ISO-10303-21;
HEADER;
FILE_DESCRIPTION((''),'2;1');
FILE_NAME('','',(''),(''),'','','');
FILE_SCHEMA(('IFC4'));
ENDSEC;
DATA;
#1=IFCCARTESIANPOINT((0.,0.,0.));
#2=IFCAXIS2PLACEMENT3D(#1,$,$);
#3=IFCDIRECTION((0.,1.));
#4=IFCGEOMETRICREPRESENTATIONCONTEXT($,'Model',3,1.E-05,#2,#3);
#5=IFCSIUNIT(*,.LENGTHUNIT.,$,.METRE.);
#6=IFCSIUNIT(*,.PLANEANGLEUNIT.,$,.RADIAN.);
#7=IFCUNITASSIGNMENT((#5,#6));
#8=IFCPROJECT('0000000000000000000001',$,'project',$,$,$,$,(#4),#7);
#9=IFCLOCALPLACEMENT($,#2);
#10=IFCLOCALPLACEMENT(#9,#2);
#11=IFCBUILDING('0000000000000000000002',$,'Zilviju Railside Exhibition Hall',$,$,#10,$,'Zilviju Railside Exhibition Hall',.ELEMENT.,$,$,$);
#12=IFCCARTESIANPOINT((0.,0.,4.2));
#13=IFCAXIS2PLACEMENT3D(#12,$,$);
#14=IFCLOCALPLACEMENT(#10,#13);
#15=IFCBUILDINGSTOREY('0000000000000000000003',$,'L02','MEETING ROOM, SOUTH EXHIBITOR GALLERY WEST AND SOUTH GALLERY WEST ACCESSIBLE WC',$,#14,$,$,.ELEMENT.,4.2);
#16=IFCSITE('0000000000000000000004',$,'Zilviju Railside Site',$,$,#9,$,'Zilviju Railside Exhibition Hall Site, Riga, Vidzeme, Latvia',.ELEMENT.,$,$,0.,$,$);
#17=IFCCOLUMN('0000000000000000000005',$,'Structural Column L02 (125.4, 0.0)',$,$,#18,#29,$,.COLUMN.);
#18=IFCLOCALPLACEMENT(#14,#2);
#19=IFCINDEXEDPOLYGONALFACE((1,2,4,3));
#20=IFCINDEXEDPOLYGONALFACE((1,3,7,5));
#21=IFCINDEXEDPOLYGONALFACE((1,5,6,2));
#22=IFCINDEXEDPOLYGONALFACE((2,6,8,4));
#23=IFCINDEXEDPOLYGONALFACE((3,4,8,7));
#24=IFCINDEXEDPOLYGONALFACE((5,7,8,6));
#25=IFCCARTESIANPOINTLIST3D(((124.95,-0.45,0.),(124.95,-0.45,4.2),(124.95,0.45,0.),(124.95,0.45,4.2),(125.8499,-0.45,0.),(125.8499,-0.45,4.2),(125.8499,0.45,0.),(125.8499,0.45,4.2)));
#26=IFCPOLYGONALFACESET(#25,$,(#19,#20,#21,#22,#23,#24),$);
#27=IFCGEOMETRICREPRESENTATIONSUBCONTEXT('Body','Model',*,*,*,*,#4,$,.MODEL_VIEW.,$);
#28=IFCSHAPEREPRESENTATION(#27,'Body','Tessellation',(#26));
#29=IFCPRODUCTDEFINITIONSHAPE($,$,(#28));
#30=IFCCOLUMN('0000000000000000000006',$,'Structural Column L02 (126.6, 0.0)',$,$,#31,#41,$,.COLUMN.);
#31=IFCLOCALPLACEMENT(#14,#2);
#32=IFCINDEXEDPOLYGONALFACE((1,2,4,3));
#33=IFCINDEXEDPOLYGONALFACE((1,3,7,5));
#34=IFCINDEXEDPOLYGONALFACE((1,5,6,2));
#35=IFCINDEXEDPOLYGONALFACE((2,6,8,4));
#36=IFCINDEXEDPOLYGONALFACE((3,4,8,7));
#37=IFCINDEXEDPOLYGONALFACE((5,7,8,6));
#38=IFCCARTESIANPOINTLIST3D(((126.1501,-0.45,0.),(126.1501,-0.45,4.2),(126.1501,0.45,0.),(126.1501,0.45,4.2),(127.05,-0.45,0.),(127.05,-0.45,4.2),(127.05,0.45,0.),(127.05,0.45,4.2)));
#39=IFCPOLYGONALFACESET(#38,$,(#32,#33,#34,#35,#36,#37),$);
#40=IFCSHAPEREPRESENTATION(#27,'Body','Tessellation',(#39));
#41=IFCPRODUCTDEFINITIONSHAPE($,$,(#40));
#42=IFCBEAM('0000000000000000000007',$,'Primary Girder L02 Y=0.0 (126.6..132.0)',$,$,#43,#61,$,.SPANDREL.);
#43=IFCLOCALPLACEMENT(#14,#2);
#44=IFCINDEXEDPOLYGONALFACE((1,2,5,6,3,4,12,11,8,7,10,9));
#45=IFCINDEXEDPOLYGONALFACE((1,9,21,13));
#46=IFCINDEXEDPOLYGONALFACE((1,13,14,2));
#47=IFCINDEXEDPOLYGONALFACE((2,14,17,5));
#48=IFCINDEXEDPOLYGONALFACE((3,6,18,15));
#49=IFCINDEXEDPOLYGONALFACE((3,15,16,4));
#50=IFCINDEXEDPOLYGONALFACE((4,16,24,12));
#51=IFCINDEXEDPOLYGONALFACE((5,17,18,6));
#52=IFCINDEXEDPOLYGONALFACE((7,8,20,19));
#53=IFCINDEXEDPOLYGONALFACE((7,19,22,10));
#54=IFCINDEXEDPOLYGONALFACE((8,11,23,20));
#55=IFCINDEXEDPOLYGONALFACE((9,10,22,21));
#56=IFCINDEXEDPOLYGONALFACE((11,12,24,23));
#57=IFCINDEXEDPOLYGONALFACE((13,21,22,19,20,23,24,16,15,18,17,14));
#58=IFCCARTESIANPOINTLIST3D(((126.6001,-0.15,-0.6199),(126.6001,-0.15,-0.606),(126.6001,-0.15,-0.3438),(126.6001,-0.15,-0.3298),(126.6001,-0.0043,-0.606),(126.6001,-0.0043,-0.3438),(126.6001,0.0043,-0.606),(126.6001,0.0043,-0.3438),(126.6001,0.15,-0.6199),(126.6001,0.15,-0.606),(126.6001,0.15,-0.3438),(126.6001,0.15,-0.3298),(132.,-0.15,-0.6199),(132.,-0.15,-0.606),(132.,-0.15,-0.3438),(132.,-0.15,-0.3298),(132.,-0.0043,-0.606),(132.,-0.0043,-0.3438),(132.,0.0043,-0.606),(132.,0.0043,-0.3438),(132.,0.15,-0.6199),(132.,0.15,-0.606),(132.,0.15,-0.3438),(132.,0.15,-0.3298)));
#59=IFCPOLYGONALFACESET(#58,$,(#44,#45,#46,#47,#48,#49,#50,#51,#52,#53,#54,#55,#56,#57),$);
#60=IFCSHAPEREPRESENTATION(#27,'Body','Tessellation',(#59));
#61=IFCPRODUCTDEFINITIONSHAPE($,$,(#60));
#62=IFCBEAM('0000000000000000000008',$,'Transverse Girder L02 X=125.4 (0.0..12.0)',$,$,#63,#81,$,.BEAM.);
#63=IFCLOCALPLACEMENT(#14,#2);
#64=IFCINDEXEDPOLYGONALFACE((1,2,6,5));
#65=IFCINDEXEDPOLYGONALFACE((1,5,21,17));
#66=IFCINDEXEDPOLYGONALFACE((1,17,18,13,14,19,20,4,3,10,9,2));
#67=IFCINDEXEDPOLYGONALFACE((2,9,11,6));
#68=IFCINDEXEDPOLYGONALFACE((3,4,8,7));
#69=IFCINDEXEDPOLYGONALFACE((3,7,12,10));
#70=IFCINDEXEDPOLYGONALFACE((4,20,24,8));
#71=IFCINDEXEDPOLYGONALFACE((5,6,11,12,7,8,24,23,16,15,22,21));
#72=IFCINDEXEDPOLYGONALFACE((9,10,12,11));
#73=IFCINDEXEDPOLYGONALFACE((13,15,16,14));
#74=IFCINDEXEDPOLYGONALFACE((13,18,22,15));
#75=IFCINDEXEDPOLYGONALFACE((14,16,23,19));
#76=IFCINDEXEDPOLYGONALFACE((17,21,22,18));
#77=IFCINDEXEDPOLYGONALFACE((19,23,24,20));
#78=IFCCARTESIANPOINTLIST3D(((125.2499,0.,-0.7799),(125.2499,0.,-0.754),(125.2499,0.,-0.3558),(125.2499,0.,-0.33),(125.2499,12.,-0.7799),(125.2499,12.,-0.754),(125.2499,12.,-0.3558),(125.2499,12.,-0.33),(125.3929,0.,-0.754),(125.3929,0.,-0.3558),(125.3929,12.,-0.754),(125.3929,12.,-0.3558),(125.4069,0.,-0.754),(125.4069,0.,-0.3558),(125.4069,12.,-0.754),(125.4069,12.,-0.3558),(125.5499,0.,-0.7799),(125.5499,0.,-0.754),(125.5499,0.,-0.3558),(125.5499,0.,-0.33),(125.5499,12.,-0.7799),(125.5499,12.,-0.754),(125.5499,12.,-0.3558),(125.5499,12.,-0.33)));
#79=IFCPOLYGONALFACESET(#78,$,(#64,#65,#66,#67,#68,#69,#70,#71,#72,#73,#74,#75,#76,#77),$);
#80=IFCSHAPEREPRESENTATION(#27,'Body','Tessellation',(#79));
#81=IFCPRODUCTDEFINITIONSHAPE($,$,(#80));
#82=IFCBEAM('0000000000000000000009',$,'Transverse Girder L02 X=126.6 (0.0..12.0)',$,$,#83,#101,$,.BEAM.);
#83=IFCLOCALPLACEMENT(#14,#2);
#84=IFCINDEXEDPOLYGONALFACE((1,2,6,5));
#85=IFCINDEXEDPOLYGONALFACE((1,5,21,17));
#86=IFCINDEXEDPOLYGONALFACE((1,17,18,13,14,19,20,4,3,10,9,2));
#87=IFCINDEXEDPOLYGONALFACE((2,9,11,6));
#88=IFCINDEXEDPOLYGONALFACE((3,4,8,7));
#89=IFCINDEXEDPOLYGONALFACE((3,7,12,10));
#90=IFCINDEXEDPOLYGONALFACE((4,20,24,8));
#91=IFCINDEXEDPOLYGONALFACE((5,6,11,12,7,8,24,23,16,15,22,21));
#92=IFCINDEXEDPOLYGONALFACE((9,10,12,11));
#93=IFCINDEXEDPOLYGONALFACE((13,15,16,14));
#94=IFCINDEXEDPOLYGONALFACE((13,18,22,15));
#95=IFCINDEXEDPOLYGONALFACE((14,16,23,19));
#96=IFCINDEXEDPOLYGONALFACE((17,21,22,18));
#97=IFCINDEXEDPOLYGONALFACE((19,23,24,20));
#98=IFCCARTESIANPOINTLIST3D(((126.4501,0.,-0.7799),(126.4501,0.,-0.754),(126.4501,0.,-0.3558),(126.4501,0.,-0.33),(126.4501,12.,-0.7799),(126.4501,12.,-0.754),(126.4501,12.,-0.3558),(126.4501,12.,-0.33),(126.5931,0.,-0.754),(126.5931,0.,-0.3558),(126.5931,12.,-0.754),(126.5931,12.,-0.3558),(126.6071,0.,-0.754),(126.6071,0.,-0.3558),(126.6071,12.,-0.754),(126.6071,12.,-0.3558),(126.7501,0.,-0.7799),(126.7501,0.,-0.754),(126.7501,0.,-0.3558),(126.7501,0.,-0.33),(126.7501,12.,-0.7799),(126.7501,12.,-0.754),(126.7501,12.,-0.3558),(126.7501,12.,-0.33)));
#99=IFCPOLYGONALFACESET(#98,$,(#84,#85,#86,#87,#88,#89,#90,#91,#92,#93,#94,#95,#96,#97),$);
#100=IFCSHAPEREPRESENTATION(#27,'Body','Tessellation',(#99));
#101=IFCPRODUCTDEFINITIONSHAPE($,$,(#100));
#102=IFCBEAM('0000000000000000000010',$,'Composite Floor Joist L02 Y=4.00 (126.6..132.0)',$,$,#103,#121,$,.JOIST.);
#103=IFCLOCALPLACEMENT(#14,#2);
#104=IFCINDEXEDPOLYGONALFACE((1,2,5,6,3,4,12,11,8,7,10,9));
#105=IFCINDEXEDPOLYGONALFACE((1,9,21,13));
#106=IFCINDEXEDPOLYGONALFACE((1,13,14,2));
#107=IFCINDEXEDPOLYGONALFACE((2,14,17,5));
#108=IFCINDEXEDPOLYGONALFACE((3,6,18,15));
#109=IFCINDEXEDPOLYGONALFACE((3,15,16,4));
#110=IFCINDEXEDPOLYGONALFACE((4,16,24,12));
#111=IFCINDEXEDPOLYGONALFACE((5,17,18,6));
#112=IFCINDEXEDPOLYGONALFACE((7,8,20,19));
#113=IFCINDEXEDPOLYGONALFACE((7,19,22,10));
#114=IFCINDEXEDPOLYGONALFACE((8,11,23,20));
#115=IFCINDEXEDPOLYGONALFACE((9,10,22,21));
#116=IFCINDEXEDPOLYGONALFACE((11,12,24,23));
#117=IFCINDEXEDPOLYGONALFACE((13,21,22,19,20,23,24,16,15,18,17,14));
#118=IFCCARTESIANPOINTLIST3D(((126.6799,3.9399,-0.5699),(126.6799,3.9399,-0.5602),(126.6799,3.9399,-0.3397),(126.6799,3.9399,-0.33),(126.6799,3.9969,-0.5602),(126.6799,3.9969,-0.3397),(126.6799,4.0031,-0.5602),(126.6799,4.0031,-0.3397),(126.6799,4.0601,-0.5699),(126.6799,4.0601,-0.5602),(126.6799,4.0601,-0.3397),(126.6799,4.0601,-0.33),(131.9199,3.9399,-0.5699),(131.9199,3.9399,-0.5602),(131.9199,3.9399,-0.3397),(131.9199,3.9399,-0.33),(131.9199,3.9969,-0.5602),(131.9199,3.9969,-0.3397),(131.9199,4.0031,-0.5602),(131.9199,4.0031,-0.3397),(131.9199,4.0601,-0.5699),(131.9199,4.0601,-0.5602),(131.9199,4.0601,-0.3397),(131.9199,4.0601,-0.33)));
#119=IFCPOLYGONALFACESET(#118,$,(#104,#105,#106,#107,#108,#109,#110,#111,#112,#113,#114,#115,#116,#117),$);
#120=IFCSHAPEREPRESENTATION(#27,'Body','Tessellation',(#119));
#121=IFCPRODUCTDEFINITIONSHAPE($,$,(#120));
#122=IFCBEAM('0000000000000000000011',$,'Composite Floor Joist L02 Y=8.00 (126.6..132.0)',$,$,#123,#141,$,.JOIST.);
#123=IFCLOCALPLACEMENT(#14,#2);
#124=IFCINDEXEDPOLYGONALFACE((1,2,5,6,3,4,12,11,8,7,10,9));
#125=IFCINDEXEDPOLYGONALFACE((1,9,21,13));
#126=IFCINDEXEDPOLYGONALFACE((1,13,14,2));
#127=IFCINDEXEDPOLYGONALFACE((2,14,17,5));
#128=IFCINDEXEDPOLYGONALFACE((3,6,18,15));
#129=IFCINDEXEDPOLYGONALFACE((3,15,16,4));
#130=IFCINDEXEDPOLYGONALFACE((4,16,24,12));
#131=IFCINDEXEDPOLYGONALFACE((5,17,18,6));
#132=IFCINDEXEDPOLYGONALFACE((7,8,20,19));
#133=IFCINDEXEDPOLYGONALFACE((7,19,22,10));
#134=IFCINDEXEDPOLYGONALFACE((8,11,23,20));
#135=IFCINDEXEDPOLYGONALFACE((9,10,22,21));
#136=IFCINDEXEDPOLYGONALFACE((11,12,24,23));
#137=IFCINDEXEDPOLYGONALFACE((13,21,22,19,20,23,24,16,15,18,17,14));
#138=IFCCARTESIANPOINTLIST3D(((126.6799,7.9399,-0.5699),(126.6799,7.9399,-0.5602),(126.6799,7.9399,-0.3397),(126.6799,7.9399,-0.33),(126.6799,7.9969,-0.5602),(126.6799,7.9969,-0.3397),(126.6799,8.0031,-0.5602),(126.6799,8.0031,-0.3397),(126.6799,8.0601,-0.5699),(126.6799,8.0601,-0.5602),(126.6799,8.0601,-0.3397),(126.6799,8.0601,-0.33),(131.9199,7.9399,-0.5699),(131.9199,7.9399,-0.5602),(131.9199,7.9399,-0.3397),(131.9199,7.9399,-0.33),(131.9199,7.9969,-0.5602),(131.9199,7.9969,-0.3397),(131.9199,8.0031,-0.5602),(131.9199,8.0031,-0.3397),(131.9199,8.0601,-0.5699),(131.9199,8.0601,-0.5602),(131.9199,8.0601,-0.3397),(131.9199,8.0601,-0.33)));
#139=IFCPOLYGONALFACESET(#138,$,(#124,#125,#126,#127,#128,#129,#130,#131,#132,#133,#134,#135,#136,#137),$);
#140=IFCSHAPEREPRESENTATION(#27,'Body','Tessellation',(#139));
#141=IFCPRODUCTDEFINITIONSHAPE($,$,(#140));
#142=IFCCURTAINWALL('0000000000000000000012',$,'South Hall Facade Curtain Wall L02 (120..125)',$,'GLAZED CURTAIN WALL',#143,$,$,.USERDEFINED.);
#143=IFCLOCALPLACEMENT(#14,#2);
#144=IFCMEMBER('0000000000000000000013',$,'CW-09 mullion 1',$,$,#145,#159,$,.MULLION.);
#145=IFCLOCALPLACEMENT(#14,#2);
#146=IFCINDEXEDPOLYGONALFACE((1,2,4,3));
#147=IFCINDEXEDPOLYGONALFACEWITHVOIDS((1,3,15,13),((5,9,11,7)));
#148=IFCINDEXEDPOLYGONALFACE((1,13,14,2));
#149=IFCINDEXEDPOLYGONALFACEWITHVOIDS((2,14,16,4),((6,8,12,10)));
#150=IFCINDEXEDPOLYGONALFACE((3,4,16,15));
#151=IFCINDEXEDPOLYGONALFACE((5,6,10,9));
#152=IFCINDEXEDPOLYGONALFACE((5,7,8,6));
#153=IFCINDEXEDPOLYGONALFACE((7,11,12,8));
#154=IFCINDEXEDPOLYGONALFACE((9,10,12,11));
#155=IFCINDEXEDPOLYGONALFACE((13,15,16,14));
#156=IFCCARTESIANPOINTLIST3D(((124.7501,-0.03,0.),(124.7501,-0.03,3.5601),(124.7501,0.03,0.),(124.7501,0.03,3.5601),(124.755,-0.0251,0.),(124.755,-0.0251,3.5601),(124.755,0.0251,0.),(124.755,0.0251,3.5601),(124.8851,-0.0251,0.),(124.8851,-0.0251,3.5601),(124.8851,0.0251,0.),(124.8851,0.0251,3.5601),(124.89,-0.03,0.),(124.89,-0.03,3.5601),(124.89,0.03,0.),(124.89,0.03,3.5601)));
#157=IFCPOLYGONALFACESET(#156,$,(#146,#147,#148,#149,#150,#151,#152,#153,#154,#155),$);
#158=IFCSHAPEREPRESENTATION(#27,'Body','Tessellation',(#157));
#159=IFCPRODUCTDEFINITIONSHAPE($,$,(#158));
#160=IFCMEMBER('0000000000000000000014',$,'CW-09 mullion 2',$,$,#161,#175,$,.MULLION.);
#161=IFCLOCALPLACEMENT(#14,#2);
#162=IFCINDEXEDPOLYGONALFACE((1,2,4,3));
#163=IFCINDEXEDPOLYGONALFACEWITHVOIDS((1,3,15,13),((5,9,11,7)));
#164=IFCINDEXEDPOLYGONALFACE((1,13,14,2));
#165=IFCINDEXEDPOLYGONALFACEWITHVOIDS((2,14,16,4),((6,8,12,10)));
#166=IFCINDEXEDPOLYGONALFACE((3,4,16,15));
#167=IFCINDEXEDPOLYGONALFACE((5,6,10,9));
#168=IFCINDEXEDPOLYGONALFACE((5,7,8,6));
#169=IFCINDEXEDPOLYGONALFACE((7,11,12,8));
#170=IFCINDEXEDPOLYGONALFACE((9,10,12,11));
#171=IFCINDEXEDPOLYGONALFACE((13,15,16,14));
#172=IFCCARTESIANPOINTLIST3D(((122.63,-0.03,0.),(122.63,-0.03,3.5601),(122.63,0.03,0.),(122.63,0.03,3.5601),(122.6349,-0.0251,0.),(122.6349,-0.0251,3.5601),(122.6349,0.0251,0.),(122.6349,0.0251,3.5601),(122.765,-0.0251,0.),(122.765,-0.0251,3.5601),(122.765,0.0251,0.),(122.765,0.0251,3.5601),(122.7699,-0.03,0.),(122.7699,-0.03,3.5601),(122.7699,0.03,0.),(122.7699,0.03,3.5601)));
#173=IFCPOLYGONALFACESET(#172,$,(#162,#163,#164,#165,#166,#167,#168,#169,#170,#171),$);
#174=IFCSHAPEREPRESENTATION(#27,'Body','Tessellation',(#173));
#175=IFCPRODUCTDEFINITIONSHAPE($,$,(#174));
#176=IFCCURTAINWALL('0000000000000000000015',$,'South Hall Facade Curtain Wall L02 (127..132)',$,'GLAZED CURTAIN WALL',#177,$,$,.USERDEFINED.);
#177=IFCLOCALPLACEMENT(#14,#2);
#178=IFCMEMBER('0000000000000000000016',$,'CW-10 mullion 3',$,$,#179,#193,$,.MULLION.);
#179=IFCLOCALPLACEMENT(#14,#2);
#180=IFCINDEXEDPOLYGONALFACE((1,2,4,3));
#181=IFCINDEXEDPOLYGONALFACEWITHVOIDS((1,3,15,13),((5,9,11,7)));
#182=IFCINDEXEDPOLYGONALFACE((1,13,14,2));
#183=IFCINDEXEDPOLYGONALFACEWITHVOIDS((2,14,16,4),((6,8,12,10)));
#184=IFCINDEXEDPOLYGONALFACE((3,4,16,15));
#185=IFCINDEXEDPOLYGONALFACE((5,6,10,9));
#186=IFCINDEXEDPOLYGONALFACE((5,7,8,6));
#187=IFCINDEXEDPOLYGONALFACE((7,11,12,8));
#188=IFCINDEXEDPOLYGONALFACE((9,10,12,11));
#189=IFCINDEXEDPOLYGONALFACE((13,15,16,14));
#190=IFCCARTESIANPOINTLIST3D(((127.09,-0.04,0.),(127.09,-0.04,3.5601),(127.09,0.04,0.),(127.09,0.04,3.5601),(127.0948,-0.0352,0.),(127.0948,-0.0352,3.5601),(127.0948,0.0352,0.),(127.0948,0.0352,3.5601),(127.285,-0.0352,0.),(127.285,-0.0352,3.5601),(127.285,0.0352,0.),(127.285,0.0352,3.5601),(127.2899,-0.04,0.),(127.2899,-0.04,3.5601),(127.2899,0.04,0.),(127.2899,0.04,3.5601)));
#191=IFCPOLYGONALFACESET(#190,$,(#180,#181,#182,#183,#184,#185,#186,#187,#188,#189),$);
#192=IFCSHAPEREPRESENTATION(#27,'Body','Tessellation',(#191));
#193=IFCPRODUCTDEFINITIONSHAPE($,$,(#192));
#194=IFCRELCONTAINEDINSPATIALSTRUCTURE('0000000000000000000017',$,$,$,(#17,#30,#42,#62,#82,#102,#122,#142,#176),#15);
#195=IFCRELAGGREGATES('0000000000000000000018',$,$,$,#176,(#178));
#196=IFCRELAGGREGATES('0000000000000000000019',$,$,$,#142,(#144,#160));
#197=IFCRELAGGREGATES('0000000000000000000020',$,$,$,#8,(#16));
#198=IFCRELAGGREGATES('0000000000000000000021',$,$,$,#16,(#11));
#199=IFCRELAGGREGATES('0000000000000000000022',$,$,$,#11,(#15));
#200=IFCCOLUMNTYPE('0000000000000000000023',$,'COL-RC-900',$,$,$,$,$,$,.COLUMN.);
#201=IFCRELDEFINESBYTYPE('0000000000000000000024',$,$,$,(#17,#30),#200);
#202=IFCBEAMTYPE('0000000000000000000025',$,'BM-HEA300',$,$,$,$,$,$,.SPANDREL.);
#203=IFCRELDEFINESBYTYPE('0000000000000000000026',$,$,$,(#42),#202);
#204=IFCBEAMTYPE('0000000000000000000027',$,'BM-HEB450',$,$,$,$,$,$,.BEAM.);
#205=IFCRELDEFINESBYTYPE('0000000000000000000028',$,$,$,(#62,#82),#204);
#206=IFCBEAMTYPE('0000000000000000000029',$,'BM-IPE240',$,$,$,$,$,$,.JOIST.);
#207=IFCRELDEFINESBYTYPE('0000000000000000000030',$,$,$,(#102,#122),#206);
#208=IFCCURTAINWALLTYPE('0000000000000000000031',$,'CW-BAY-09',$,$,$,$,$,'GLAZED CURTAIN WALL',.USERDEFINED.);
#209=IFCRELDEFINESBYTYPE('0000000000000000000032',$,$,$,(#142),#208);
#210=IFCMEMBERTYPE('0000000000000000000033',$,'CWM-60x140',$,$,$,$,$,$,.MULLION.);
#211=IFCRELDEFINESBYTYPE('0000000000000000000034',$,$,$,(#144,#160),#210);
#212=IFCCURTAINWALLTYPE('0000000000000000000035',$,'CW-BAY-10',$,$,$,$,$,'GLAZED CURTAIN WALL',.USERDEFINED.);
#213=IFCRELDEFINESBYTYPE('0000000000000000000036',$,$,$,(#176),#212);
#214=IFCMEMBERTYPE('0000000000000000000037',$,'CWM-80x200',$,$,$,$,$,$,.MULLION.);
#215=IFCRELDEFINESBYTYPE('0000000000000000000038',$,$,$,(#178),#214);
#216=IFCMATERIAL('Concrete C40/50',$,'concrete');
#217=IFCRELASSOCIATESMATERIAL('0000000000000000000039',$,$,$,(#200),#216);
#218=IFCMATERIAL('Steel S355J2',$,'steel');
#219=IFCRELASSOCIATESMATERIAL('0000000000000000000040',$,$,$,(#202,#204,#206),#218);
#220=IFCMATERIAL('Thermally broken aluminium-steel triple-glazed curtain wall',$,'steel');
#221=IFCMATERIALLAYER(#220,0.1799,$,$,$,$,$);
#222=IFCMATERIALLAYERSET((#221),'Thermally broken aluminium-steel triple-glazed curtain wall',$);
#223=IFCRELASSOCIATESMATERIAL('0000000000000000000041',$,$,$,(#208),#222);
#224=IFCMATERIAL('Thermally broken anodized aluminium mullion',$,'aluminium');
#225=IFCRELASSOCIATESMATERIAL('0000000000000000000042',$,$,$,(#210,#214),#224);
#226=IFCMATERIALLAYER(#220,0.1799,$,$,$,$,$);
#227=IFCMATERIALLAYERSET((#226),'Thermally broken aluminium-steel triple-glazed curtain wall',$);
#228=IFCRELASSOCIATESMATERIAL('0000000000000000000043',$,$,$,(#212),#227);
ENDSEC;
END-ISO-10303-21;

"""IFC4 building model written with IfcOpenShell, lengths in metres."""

from ifc_helpers import new_model, si_unit, direction, frame, origin, origin_2d, place, context, subcontext, project, spatial, rectangle, hollow_rectangle, i_section, extrude, material, layer, layer_set, material_profile, profile_set, type_object, element, aggregate, save


model = new_model("IFC4")

# Units and contexts
model_context = context("Model", 3, precision=1e-05, world=origin(), true_north=direction((0.0, 1.0)))
body_context = subcontext(model_context, "Body", "Model", "MODEL_VIEW")
ifc_project = project(units=[si_unit("LENGTHUNIT", "METRE"), si_unit("PLANEANGLEUNIT", "RADIAN")], contexts=[model_context])

# Site, building, storey
site_placement = place(None, origin())
site = spatial("IfcSite", under=ifc_project, at=site_placement, Name="Zilviju Railside Site", LongName="Zilviju Railside Exhibition Hall Site, Riga, Vidzeme, Latvia", CompositionType="ELEMENT", RefElevation=0.0)
building_placement = place(site_placement, origin())
building = spatial("IfcBuilding", under=site, at=building_placement, Name="Zilviju Railside Exhibition Hall", LongName="Zilviju Railside Exhibition Hall", CompositionType="ELEMENT")
storey_placement = place(building_placement, frame((0.0, 0.0, 4.2)))
storey = spatial("IfcBuildingStorey", under=building, at=storey_placement, Name="L02", Description="MEETING ROOM, SOUTH EXHIBITOR GALLERY WEST AND SOUTH GALLERY WEST ACCESSIBLE WC", CompositionType="ELEMENT", Elevation=4.2)

# Columns
ifc_material_1 = material(Name="Concrete C40/50", Category="concrete")
ifc_material_profile_1 = material_profile(ifc_material_1, rectangle(XDim=0.8999, YDim=0.8999, at=origin_2d()), Name="RC COL 900x900")
ifc_profile_set_1 = profile_set([ifc_material_profile_1], Name="Concrete C40/50")
column_type = type_object("IfcColumnType", Name="COL-RC-900", PredefinedType="COLUMN", material=ifc_profile_set_1)
for number, where, z_axis, x_axis, name in (
    (1, (125.3999, 0.0, 0.0), (0.0, 0.0, 1.0), (1.0, 0.0, 0.0), "Structural Column L02 (125.4, 0.0)"),
    (2, (126.6001, 0.0, 0.0), (0.0, 0.0, 1.0), (1.0, 0.0, 0.0), "Structural Column L02 (126.6, 0.0)"),
):
    element("IfcColumn", number, at=place(storey_placement, frame(where, z_axis=z_axis, x_axis=x_axis)), inside=storey, type_object=column_type, Name=name, PredefinedType="COLUMN", context=body_context, shape_type="SweptSolid", body=[
        extrude(rectangle(XDim=0.8999, YDim=0.8999, at=origin_2d()), origin(), (0.0, 0.0, 1.0), 4.2),
    ])

# Beams
ifc_material_2 = material(Name="Steel S355J2", Category="steel")
ifc_material_profile_2 = material_profile(ifc_material_2, i_section(OverallWidth=0.3, OverallDepth=0.29, WebThickness=0.0085, FlangeThickness=0.0139, at=origin_2d()), Name="HEA 300")
ifc_profile_set_2 = profile_set([ifc_material_profile_2], Name="Steel S355J2")
beam_type_1 = type_object("IfcBeamType", Name="BM-HEA300", PredefinedType="SPANDREL", material=ifc_profile_set_2)
beam_placement = place(storey_placement, frame((126.6001, 0.0, -0.4749), z_axis=(1.0, 0.0, 0.0), x_axis=(0.0, 1.0, 0.0)))
element("IfcBeam", 3, at=beam_placement, inside=storey, type_object=beam_type_1, Name="Primary Girder L02 Y=0.0 (126.6..132.0)", PredefinedType="SPANDREL", context=body_context, shape_type="SweptSolid", body=[
    extrude(i_section(OverallWidth=0.3, OverallDepth=0.29, WebThickness=0.0085, FlangeThickness=0.0139, at=origin_2d()), origin(), (0.0, 0.0, 1.0), 5.3999),
])
ifc_material_profile_3 = material_profile(ifc_material_2, i_section(OverallWidth=0.3, OverallDepth=0.45, WebThickness=0.0139, FlangeThickness=0.0259, at=origin_2d()), Name="HEB 450")
ifc_profile_set_3 = profile_set([ifc_material_profile_3], Name="Steel S355J2")
beam_type_2 = type_object("IfcBeamType", Name="BM-HEB450", PredefinedType="BEAM", material=ifc_profile_set_3)
for number, where, z_axis, x_axis, name in (
    (4, (125.3999, 0.0, -0.5549), (0.0, 1.0, 0.0), (-1.0, 0.0, 0.0), "Transverse Girder L02 X=125.4 (0.0..12.0)"),
    (5, (126.6001, 0.0, -0.5549), (0.0, 1.0, 0.0), (-1.0, 0.0, 0.0), "Transverse Girder L02 X=126.6 (0.0..12.0)"),
):
    element("IfcBeam", number, at=place(storey_placement, frame(where, z_axis=z_axis, x_axis=x_axis)), inside=storey, type_object=beam_type_2, Name=name, PredefinedType="BEAM", context=body_context, shape_type="SweptSolid", body=[
        extrude(i_section(OverallWidth=0.3, OverallDepth=0.45, WebThickness=0.0139, FlangeThickness=0.0259, at=origin_2d()), origin(), (0.0, 0.0, 1.0), 12.0),
    ])
ifc_material_profile_4 = material_profile(ifc_material_2, i_section(OverallWidth=0.1201, OverallDepth=0.24, WebThickness=0.0061, FlangeThickness=0.0098, at=origin_2d()), Name="IPE 240")
ifc_profile_set_4 = profile_set([ifc_material_profile_4], Name="Steel S355J2")
beam_type_3 = type_object("IfcBeamType", Name="BM-IPE240", PredefinedType="JOIST", material=ifc_profile_set_4)
for number, where, z_axis, x_axis, name in (
    (6, (126.6799, 4.0, -0.45), (1.0, 0.0, 0.0), (0.0, 1.0, 0.0), "Composite Floor Joist L02 Y=4.00 (126.6..132.0)"),
    (7, (126.6799, 8.0, -0.45), (1.0, 0.0, 0.0), (0.0, 1.0, 0.0), "Composite Floor Joist L02 Y=8.00 (126.6..132.0)"),
):
    element("IfcBeam", number, at=place(storey_placement, frame(where, z_axis=z_axis, x_axis=x_axis)), inside=storey, type_object=beam_type_3, Name=name, PredefinedType="JOIST", context=body_context, shape_type="SweptSolid", body=[
        extrude(i_section(OverallWidth=0.1201, OverallDepth=0.24, WebThickness=0.0061, FlangeThickness=0.0098, at=origin_2d()), origin(), (0.0, 0.0, 1.0), 5.24),
    ])

# Curtain wall, members
ifc_material_3 = material(Name="Thermally broken aluminium-steel triple-glazed curtain wall", Category="steel")
ifc_layer_1 = layer(ifc_material_3, 0.1799)
ifc_layer_set_1 = layer_set([ifc_layer_1], Name="Thermally broken aluminium-steel triple-glazed curtain wall")
curtain_wall_type_1 = type_object("IfcCurtainWallType", Name="CW-BAY-09", ElementType="GLAZED CURTAIN WALL", PredefinedType="USERDEFINED", material=ifc_layer_set_1)
curtain_wall_1_placement = place(storey_placement, origin())
curtain_wall_1 = element("IfcCurtainWall", 8, at=curtain_wall_1_placement, inside=storey, type_object=curtain_wall_type_1, Name="South Hall Facade Curtain Wall L02 (120..125)", ObjectType="GLAZED CURTAIN WALL", PredefinedType="USERDEFINED")
ifc_material_4 = material(Name="Thermally broken anodized aluminium mullion", Category="aluminium")
ifc_material_profile_5 = material_profile(ifc_material_4, hollow_rectangle(XDim=0.0601, YDim=0.1399, WallThickness=0.0049, at=origin_2d()), Name="MULLION 140x60x5")
ifc_profile_set_5 = profile_set([ifc_material_profile_5], Name="Thermally broken anodized aluminium mullion")
member_type_1 = type_object("IfcMemberType", Name="CWM-60x140", PredefinedType="MULLION", material=ifc_profile_set_5)
member_1_placement = place(storey_placement, frame((124.8201, 0.0, 0.0), z_axis=(0.0, 0.0, 1.0), x_axis=(0.0, -1.0, 0.0)))
member_1 = element("IfcMember", 9, at=member_1_placement, type_object=member_type_1, Name="CW-09 mullion 1", PredefinedType="MULLION", context=body_context, shape_type="SweptSolid", body=[
    extrude(hollow_rectangle(XDim=0.0601, YDim=0.1399, WallThickness=0.0049, at=origin_2d()), origin(), (0.0, 0.0, 1.0), 3.5601),
])
member_2_placement = place(storey_placement, frame((122.7, 0.0, 0.0), z_axis=(0.0, 0.0, 1.0), x_axis=(0.0, -1.0, 0.0)))
member_2 = element("IfcMember", 10, at=member_2_placement, type_object=member_type_1, Name="CW-09 mullion 2", PredefinedType="MULLION", context=body_context, shape_type="SweptSolid", body=[
    extrude(hollow_rectangle(XDim=0.0601, YDim=0.1399, WallThickness=0.0049, at=origin_2d()), origin(), (0.0, 0.0, 1.0), 3.5601),
])

# Curtain wall, member
ifc_layer_2 = layer(ifc_material_3, 0.1799)
ifc_layer_set_2 = layer_set([ifc_layer_2], Name="Thermally broken aluminium-steel triple-glazed curtain wall")
curtain_wall_type_2 = type_object("IfcCurtainWallType", Name="CW-BAY-10", ElementType="GLAZED CURTAIN WALL", PredefinedType="USERDEFINED", material=ifc_layer_set_2)
curtain_wall_2_placement = place(storey_placement, origin())
curtain_wall_2 = element("IfcCurtainWall", 11, at=curtain_wall_2_placement, inside=storey, type_object=curtain_wall_type_2, Name="South Hall Facade Curtain Wall L02 (127..132)", ObjectType="GLAZED CURTAIN WALL", PredefinedType="USERDEFINED")
ifc_material_profile_6 = material_profile(ifc_material_4, hollow_rectangle(XDim=0.0801, YDim=0.2, WallThickness=0.0049, at=origin_2d()), Name="MULLION 200x80x5")
ifc_profile_set_6 = profile_set([ifc_material_profile_6], Name="Thermally broken anodized aluminium mullion")
member_type_2 = type_object("IfcMemberType", Name="CWM-80x200", PredefinedType="MULLION", material=ifc_profile_set_6)
member_3_placement = place(storey_placement, frame((127.1899, 0.0, 0.0), z_axis=(0.0, 0.0, 1.0), x_axis=(0.0, -1.0, 0.0)))
member_3 = element("IfcMember", 12, at=member_3_placement, type_object=member_type_2, Name="CW-10 mullion 3", PredefinedType="MULLION", context=body_context, shape_type="SweptSolid", body=[
    extrude(hollow_rectangle(XDim=0.0801, YDim=0.2, WallThickness=0.0049, at=origin_2d()), origin(), (0.0, 0.0, 1.0), 3.5601),
])
aggregate(curtain_wall_2, [member_3])

aggregate(curtain_wall_1, [member_1, member_2])

save(model, "model.ifc")
